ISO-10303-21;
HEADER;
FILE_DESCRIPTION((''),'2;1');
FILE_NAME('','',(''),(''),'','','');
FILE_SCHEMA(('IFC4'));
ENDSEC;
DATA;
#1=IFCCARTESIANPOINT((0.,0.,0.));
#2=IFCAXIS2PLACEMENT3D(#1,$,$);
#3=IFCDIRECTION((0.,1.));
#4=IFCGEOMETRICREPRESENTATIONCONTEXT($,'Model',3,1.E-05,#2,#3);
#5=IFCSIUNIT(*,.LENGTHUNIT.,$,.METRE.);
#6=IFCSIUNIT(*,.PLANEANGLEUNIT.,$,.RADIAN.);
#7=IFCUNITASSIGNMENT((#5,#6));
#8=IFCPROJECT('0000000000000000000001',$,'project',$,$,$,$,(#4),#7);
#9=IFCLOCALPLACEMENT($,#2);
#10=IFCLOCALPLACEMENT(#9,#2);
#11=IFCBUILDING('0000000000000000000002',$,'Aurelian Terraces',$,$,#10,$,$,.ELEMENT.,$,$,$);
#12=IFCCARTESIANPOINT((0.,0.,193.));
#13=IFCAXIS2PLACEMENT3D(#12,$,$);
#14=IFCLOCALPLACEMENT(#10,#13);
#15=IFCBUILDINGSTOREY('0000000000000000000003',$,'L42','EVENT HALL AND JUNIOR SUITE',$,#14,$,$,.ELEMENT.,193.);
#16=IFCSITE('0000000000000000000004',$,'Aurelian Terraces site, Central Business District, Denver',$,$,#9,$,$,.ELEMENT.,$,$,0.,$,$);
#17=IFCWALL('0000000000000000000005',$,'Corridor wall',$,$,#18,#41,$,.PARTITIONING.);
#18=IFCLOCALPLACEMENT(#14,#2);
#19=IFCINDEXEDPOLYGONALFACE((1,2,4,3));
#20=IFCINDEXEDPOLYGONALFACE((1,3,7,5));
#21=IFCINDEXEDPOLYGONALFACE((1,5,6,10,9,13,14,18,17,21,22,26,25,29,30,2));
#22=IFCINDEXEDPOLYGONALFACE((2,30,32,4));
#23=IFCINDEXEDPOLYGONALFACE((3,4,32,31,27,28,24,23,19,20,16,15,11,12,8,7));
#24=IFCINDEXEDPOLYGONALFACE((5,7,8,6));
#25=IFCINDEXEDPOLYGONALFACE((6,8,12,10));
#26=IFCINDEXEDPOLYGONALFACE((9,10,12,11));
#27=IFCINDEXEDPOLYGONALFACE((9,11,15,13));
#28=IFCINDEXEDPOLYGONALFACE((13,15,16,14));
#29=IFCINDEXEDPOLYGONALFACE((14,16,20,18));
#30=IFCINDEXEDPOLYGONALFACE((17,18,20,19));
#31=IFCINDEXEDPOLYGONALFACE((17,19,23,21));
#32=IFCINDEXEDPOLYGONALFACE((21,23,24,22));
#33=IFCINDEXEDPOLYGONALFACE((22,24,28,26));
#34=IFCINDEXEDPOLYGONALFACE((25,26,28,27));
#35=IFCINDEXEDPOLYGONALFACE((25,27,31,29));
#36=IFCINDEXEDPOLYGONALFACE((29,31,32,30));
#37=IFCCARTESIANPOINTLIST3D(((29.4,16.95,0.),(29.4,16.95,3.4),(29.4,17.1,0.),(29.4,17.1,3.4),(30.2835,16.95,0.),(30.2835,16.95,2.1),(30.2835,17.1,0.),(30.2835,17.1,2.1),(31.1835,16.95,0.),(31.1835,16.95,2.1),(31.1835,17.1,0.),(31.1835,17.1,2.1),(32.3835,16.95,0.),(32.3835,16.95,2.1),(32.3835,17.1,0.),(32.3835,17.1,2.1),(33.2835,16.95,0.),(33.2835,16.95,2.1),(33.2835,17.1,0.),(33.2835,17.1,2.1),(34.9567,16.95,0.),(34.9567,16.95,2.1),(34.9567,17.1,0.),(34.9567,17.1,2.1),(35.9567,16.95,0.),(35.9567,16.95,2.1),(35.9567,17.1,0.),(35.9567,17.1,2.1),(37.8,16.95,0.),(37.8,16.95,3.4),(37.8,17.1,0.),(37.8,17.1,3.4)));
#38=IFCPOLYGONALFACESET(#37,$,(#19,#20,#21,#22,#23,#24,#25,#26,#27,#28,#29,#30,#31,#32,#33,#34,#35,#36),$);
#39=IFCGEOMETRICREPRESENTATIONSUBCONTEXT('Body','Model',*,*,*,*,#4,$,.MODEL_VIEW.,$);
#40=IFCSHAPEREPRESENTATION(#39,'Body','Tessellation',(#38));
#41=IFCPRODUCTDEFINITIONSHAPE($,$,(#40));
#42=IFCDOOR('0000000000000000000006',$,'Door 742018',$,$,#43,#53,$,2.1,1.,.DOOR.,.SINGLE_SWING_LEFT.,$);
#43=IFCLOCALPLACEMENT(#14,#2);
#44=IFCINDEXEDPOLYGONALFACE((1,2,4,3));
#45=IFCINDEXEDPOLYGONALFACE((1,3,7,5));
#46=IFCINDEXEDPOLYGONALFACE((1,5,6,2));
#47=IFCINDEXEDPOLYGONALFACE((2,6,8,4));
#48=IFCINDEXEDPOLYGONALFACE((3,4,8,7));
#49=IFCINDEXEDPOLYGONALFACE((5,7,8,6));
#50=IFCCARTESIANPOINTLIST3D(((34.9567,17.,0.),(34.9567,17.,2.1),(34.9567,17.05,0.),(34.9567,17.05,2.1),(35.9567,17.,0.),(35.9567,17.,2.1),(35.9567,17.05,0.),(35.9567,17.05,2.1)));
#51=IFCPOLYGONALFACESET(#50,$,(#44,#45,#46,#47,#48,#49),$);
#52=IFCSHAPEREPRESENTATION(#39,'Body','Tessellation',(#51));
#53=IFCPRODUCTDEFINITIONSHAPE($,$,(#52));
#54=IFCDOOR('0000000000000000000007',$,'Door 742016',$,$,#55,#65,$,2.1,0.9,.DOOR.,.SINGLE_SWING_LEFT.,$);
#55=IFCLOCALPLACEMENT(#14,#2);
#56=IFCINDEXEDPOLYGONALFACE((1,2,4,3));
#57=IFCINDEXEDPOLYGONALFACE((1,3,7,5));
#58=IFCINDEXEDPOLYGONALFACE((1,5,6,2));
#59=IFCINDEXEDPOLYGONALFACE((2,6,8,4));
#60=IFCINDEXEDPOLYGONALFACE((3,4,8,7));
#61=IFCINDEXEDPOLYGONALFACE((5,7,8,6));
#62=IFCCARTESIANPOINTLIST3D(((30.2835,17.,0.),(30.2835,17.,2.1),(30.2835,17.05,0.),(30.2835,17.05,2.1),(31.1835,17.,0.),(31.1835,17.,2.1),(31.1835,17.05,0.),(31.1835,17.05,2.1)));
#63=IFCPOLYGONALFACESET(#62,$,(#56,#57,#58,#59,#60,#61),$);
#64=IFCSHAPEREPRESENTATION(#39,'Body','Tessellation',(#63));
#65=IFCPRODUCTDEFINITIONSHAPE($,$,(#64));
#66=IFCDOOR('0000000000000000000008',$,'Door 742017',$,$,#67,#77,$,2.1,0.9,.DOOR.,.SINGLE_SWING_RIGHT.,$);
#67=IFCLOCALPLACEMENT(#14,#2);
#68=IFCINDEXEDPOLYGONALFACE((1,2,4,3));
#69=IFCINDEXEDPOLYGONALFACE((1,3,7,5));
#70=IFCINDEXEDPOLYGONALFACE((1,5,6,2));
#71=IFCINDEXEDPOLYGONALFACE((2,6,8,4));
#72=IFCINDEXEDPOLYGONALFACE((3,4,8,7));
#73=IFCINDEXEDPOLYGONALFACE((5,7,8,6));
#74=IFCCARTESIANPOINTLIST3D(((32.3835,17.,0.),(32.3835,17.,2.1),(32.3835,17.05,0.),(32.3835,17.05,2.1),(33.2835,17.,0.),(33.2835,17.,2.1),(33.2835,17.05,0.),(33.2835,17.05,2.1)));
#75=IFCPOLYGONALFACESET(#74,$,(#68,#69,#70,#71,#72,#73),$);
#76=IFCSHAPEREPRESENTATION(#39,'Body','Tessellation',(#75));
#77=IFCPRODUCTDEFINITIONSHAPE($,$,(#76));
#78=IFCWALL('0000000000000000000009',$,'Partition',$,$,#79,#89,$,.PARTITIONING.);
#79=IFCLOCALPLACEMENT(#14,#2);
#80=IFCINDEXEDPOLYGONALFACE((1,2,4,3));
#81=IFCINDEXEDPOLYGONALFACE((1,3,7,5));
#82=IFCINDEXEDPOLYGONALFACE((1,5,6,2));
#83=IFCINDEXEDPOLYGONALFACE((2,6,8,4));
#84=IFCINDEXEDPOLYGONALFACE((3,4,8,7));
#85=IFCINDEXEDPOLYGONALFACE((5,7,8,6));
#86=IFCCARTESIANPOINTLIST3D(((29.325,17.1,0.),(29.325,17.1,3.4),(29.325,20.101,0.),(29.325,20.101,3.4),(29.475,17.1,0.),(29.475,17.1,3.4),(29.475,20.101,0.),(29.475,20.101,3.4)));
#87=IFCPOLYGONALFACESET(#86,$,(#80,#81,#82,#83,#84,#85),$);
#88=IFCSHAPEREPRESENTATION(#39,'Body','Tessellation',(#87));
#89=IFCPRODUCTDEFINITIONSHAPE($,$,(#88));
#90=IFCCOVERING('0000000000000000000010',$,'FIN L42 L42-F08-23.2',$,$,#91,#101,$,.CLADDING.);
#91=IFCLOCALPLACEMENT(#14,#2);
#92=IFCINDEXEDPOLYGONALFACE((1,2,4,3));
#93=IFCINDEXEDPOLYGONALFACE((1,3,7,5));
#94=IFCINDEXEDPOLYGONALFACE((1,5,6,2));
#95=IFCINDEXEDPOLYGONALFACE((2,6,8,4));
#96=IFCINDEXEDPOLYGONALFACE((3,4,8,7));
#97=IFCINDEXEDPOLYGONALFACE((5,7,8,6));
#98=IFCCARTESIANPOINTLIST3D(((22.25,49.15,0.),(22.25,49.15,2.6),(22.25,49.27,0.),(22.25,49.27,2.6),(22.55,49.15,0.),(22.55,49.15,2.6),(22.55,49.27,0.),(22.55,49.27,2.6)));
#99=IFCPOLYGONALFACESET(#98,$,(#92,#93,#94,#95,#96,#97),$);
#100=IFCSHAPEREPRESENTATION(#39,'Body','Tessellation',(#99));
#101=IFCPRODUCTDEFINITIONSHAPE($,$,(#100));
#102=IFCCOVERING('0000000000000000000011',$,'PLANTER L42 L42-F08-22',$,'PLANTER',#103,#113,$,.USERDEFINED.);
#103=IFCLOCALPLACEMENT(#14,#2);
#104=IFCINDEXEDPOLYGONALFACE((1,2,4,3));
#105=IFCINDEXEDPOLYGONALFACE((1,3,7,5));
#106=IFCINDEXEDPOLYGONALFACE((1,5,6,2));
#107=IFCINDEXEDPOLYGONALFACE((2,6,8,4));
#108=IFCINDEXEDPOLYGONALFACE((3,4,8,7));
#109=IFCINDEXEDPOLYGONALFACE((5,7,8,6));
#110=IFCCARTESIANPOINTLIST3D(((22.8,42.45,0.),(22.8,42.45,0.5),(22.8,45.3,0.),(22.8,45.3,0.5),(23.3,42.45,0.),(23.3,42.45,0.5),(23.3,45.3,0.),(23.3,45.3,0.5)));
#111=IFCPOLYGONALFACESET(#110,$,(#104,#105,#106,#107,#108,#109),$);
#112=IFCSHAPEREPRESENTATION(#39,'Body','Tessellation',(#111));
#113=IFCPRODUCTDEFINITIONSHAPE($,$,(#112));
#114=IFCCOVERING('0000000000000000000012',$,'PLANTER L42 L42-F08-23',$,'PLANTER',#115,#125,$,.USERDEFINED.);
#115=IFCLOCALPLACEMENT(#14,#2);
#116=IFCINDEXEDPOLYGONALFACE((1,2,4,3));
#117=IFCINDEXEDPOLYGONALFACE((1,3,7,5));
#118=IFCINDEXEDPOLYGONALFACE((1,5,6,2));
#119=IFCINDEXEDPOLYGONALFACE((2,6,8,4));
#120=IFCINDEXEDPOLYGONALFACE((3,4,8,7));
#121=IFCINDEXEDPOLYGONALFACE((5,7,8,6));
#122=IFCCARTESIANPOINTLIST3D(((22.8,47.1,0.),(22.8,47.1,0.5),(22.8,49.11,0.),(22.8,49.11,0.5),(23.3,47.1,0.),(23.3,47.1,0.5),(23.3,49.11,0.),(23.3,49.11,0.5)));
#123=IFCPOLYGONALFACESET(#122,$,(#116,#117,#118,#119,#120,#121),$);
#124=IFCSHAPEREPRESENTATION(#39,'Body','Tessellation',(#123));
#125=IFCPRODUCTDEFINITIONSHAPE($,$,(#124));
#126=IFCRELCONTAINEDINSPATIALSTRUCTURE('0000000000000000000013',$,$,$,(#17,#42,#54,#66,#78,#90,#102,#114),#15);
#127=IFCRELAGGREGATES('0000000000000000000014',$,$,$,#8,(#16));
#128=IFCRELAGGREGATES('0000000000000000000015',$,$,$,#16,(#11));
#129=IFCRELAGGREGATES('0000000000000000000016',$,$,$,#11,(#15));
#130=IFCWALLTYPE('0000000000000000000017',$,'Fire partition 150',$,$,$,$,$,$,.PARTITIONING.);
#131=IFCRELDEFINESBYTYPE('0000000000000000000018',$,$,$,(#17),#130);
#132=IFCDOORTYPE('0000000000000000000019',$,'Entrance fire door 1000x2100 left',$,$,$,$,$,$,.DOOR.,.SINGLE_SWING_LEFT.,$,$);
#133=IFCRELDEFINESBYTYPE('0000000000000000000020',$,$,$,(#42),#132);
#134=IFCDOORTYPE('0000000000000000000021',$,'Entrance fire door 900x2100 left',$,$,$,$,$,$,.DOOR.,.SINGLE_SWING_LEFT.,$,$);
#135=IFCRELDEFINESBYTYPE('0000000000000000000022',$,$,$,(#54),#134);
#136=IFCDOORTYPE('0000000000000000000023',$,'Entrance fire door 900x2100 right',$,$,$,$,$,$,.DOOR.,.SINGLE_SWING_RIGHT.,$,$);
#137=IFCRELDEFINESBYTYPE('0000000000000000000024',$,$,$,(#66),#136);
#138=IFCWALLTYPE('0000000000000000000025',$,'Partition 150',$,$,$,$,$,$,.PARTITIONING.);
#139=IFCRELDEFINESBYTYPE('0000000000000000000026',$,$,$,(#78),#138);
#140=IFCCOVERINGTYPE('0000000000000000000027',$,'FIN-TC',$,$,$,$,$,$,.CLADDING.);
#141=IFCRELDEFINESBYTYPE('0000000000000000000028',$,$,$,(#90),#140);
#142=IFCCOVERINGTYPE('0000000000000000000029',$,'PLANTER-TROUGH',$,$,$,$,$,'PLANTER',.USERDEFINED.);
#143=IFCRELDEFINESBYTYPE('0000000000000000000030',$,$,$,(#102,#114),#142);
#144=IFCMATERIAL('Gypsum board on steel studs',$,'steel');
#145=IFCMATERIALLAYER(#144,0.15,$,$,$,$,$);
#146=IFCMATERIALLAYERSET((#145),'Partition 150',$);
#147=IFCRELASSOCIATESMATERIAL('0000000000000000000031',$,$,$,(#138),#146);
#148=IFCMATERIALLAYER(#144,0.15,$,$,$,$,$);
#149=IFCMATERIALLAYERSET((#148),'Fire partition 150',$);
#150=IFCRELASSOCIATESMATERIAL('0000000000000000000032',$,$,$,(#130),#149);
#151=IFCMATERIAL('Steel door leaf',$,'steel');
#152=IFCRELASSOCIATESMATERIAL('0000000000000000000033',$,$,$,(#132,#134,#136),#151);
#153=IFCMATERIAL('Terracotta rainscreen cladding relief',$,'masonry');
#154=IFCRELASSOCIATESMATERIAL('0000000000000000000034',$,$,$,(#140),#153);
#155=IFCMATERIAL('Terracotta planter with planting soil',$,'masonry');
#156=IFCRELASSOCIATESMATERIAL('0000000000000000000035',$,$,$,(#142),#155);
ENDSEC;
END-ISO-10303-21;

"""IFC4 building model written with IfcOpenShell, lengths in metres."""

from ifc_helpers import new_model, si_unit, direction, frame, frame_2d, origin, origin_2d, place, context, subcontext, project, spatial, rectangle, extrude, source, transform, mapped, material, layer, layer_set, type_object, element, fill, save


model = new_model("IFC4")

# Units and contexts
model_context = context("Model", 3, precision=1e-05, world=origin(), true_north=direction((0.0, 1.0)))
body_context = subcontext(model_context, "Body", "Model", "MODEL_VIEW")
ifc_project = project(units=[si_unit("LENGTHUNIT", "METRE"), si_unit("PLANEANGLEUNIT", "RADIAN")], contexts=[model_context])

# Site, building, storey
site_placement = place(None, origin())
site = spatial("IfcSite", under=ifc_project, at=site_placement, Name="Aurelian Terraces site, Central Business District, Denver", CompositionType="ELEMENT", RefElevation=0.0)
building_placement = place(site_placement, origin())
building = spatial("IfcBuilding", under=site, at=building_placement, Name="Aurelian Terraces", CompositionType="ELEMENT")
storey_placement = place(building_placement, frame((0.0, 0.0, 193.0)))
storey = spatial("IfcBuildingStorey", under=building, at=storey_placement, Name="L42", Description="EVENT HALL AND JUNIOR SUITE", CompositionType="ELEMENT", Elevation=193.0)

# Shared definitions
ifc_material_1 = material(Name="Gypsum board on steel studs", Category="steel")
ifc_layer_1 = layer(ifc_material_1, 0.15)
ifc_layer_set_1 = layer_set([ifc_layer_1], Name="Partition 150")
wall_type_1 = type_object("IfcWallType", Name="Partition 150", PredefinedType="PARTITIONING", material=ifc_layer_set_1)
shared_shape_1 = source(origin(), body_context, "Body", "SweptSolid", [
    extrude(rectangle(XDim=0.9, YDim=2.1, at=frame_2d((0.45, 1.05))), frame((0.0, 0.085, 0.0), z_axis=(0.0, -1.0, 0.0), x_axis=(1.0, 0.0, 0.0)), (0.0, 0.0, 1.0), 0.17),
])
shared_shape_2 = source(origin(), body_context, "Body", "SweptSolid", [
    extrude(rectangle(XDim=0.9, YDim=2.1, at=frame_2d((0.45, 1.05))), frame((0.0, 0.025, 0.0), z_axis=(0.0, -1.0, 0.0), x_axis=(1.0, 0.0, 0.0)), (0.0, 0.0, 1.0), 0.05),
])

# Shared definitions
ifc_layer_2 = layer(ifc_material_1, 0.15)
ifc_layer_set_2 = layer_set([ifc_layer_2], Name="Fire partition 150")
wall_type_2 = type_object("IfcWallType", Name="Fire partition 150", PredefinedType="PARTITIONING", material=ifc_layer_set_2)

# Wall, openings, doors
shared_shape_3 = source(origin(), body_context, "Body", "SweptSolid", [
    extrude(rectangle(XDim=8.4, YDim=0.15, at=frame_2d((4.2, 0.0))), origin(), (0.0, 0.0, 1.0), 3.4),
])
wall_1_placement = place(storey_placement, frame((29.4, 17.025, 0.0), z_axis=(0.0, 0.0, 1.0), x_axis=(1.0, 0.0, 0.0)))
wall_1 = element("IfcWall", 1, at=wall_1_placement, inside=storey, type_object=wall_type_2, Name="Corridor wall", PredefinedType="PARTITIONING", context=body_context, shape_type="MappedRepresentation", body=[
    mapped(shared_shape_3, transform((0.0, 0.0, 0.0), scale=1.0)),
])
opening_1_placement = place(wall_1_placement, frame((0.8835, 0.0, 0.0)))
opening_1 = element("IfcOpeningElement", 2, at=opening_1_placement, cuts=wall_1, PredefinedType="OPENING", context=body_context, shape_type="MappedRepresentation", body=[
    mapped(shared_shape_1, transform((0.0, 0.0, 0.0), scale=1.0)),
])
opening_2_placement = place(wall_1_placement, frame((2.9835, 0.0, 0.0)))
opening_2 = element("IfcOpeningElement", 3, at=opening_2_placement, cuts=wall_1, PredefinedType="OPENING", context=body_context, shape_type="MappedRepresentation", body=[
    mapped(shared_shape_1, transform((0.0, 0.0, 0.0), scale=1.0)),
])
shared_shape_4 = source(origin(), body_context, "Body", "SweptSolid", [
    extrude(rectangle(XDim=1.0, YDim=2.1, at=frame_2d((0.5, 1.05))), frame((0.0, 0.085, 0.0), z_axis=(0.0, -1.0, 0.0), x_axis=(1.0, 0.0, 0.0)), (0.0, 0.0, 1.0), 0.17),
])
opening_3_placement = place(wall_1_placement, frame((5.5567, 0.0, 0.0)))
opening_3 = element("IfcOpeningElement", 4, at=opening_3_placement, cuts=wall_1, PredefinedType="OPENING", context=body_context, shape_type="MappedRepresentation", body=[
    mapped(shared_shape_4, transform((0.0, 0.0, 0.0), scale=1.0)),
])
ifc_material_2 = material(Name="Steel door leaf", Category="steel")
door_type_1 = type_object("IfcDoorType", Name="Entrance fire door 1000x2100 left", OperationType="SINGLE_SWING_LEFT", PredefinedType="DOOR", material=ifc_material_2)
shared_shape_5 = source(origin(), body_context, "Body", "SweptSolid", [
    extrude(rectangle(XDim=1.0, YDim=2.1, at=frame_2d((0.5, 1.05))), frame((0.0, 0.025, 0.0), z_axis=(0.0, -1.0, 0.0), x_axis=(1.0, 0.0, 0.0)), (0.0, 0.0, 1.0), 0.05),
])
door_1_placement = place(opening_3_placement, origin())
door_1 = element("IfcDoor", 5, at=door_1_placement, inside=storey, type_object=door_type_1, Name="Door 742018", OperationType="SINGLE_SWING_LEFT", OverallHeight=2.1, OverallWidth=1.0, PredefinedType="DOOR", context=body_context, shape_type="MappedRepresentation", body=[
    mapped(shared_shape_5, transform((0.0, 0.0, 0.0), scale=1.0)),
])
fill(opening_3, door_1)
door_type_2 = type_object("IfcDoorType", Name="Entrance fire door 900x2100 left", OperationType="SINGLE_SWING_LEFT", PredefinedType="DOOR", material=ifc_material_2)
door_2_placement = place(opening_1_placement, origin())
door_2 = element("IfcDoor", 6, at=door_2_placement, inside=storey, type_object=door_type_2, Name="Door 742016", OperationType="SINGLE_SWING_LEFT", OverallHeight=2.1, OverallWidth=0.9, PredefinedType="DOOR", context=body_context, shape_type="MappedRepresentation", body=[
    mapped(shared_shape_2, transform((0.0, 0.0, 0.0), scale=1.0)),
])
fill(opening_1, door_2)
door_type_3 = type_object("IfcDoorType", Name="Entrance fire door 900x2100 right", OperationType="SINGLE_SWING_RIGHT", PredefinedType="DOOR", material=ifc_material_2)
door_3_placement = place(opening_2_placement, origin())
door_3 = element("IfcDoor", 7, at=door_3_placement, inside=storey, type_object=door_type_3, Name="Door 742017", OperationType="SINGLE_SWING_RIGHT", OverallHeight=2.1, OverallWidth=0.9, PredefinedType="DOOR", context=body_context, shape_type="MappedRepresentation", body=[
    mapped(shared_shape_2, transform((0.0, 0.0, 0.0), scale=1.0)),
])
fill(opening_2, door_3)

# Wall
shared_shape_6 = source(origin(), body_context, "Body", "SweptSolid", [
    extrude(rectangle(XDim=3.001, YDim=0.15, at=frame_2d((1.5005, 0.0))), origin(), (0.0, 0.0, 1.0), 3.4),
])
wall_2_placement = place(storey_placement, frame((29.4, 17.1, 0.0), z_axis=(0.0, 0.0, 1.0), x_axis=(0.0, 1.0, 0.0)))
element("IfcWall", 8, at=wall_2_placement, inside=storey, type_object=wall_type_1, Name="Partition", PredefinedType="PARTITIONING", context=body_context, shape_type="MappedRepresentation", body=[
    mapped(shared_shape_6, transform((0.0, 0.0, 0.0), scale=1.0)),
])

# Coverings
ifc_material_3 = material(Name="Terracotta rainscreen cladding relief", Category="masonry")
covering_type_1 = type_object("IfcCoveringType", Name="FIN-TC", PredefinedType="CLADDING", material=ifc_material_3)
shared_shape_7 = source(origin(), body_context, "Body", "SweptSolid", [
    extrude(rectangle(XDim=0.3, YDim=0.12, at=origin_2d()), origin(), (0.0, 0.0, 1.0), 2.6),
])
covering_1_placement = place(storey_placement, frame((22.4, 49.21, 0.0), z_axis=(0.0, 0.0, 1.0), x_axis=(1.0, 0.0, 0.0)))
element("IfcCovering", 9, at=covering_1_placement, inside=storey, type_object=covering_type_1, Name="FIN L42 L42-F08-23.2", PredefinedType="CLADDING", context=body_context, shape_type="MappedRepresentation", body=[
    mapped(shared_shape_7, transform((0.0, 0.0, 0.0), scale=1.0)),
])
ifc_material_4 = material(Name="Terracotta planter with planting soil", Category="masonry")
covering_type_2 = type_object("IfcCoveringType", Name="PLANTER-TROUGH", ElementType="PLANTER", PredefinedType="USERDEFINED", material=ifc_material_4)
shared_shape_8 = source(origin(), body_context, "Body", "SweptSolid", [
    extrude(rectangle(XDim=0.5, YDim=2.85, at=origin_2d()), origin(), (0.0, 0.0, 1.0), 0.5),
])
covering_2_placement = place(storey_placement, frame((23.05, 43.875, 0.0), z_axis=(0.0, 0.0, 1.0), x_axis=(1.0, 0.0, 0.0)))
element("IfcCovering", 10, at=covering_2_placement, inside=storey, type_object=covering_type_2, Name="PLANTER L42 L42-F08-22", ObjectType="PLANTER", PredefinedType="USERDEFINED", context=body_context, shape_type="MappedRepresentation", body=[
    mapped(shared_shape_8, transform((0.0, 0.0, 0.0), scale=1.0)),
])
shared_shape_9 = source(origin(), body_context, "Body", "SweptSolid", [
    extrude(rectangle(XDim=0.5, YDim=2.01, at=origin_2d()), origin(), (0.0, 0.0, 1.0), 0.5),
])
covering_3_placement = place(storey_placement, frame((23.05, 48.105, 0.0), z_axis=(0.0, 0.0, 1.0), x_axis=(1.0, 0.0, 0.0)))
element("IfcCovering", 11, at=covering_3_placement, inside=storey, type_object=covering_type_2, Name="PLANTER L42 L42-F08-23", ObjectType="PLANTER", PredefinedType="USERDEFINED", context=body_context, shape_type="MappedRepresentation", body=[
    mapped(shared_shape_9, transform((0.0, 0.0, 0.0), scale=1.0)),
])

save(model, "model.ifc")
